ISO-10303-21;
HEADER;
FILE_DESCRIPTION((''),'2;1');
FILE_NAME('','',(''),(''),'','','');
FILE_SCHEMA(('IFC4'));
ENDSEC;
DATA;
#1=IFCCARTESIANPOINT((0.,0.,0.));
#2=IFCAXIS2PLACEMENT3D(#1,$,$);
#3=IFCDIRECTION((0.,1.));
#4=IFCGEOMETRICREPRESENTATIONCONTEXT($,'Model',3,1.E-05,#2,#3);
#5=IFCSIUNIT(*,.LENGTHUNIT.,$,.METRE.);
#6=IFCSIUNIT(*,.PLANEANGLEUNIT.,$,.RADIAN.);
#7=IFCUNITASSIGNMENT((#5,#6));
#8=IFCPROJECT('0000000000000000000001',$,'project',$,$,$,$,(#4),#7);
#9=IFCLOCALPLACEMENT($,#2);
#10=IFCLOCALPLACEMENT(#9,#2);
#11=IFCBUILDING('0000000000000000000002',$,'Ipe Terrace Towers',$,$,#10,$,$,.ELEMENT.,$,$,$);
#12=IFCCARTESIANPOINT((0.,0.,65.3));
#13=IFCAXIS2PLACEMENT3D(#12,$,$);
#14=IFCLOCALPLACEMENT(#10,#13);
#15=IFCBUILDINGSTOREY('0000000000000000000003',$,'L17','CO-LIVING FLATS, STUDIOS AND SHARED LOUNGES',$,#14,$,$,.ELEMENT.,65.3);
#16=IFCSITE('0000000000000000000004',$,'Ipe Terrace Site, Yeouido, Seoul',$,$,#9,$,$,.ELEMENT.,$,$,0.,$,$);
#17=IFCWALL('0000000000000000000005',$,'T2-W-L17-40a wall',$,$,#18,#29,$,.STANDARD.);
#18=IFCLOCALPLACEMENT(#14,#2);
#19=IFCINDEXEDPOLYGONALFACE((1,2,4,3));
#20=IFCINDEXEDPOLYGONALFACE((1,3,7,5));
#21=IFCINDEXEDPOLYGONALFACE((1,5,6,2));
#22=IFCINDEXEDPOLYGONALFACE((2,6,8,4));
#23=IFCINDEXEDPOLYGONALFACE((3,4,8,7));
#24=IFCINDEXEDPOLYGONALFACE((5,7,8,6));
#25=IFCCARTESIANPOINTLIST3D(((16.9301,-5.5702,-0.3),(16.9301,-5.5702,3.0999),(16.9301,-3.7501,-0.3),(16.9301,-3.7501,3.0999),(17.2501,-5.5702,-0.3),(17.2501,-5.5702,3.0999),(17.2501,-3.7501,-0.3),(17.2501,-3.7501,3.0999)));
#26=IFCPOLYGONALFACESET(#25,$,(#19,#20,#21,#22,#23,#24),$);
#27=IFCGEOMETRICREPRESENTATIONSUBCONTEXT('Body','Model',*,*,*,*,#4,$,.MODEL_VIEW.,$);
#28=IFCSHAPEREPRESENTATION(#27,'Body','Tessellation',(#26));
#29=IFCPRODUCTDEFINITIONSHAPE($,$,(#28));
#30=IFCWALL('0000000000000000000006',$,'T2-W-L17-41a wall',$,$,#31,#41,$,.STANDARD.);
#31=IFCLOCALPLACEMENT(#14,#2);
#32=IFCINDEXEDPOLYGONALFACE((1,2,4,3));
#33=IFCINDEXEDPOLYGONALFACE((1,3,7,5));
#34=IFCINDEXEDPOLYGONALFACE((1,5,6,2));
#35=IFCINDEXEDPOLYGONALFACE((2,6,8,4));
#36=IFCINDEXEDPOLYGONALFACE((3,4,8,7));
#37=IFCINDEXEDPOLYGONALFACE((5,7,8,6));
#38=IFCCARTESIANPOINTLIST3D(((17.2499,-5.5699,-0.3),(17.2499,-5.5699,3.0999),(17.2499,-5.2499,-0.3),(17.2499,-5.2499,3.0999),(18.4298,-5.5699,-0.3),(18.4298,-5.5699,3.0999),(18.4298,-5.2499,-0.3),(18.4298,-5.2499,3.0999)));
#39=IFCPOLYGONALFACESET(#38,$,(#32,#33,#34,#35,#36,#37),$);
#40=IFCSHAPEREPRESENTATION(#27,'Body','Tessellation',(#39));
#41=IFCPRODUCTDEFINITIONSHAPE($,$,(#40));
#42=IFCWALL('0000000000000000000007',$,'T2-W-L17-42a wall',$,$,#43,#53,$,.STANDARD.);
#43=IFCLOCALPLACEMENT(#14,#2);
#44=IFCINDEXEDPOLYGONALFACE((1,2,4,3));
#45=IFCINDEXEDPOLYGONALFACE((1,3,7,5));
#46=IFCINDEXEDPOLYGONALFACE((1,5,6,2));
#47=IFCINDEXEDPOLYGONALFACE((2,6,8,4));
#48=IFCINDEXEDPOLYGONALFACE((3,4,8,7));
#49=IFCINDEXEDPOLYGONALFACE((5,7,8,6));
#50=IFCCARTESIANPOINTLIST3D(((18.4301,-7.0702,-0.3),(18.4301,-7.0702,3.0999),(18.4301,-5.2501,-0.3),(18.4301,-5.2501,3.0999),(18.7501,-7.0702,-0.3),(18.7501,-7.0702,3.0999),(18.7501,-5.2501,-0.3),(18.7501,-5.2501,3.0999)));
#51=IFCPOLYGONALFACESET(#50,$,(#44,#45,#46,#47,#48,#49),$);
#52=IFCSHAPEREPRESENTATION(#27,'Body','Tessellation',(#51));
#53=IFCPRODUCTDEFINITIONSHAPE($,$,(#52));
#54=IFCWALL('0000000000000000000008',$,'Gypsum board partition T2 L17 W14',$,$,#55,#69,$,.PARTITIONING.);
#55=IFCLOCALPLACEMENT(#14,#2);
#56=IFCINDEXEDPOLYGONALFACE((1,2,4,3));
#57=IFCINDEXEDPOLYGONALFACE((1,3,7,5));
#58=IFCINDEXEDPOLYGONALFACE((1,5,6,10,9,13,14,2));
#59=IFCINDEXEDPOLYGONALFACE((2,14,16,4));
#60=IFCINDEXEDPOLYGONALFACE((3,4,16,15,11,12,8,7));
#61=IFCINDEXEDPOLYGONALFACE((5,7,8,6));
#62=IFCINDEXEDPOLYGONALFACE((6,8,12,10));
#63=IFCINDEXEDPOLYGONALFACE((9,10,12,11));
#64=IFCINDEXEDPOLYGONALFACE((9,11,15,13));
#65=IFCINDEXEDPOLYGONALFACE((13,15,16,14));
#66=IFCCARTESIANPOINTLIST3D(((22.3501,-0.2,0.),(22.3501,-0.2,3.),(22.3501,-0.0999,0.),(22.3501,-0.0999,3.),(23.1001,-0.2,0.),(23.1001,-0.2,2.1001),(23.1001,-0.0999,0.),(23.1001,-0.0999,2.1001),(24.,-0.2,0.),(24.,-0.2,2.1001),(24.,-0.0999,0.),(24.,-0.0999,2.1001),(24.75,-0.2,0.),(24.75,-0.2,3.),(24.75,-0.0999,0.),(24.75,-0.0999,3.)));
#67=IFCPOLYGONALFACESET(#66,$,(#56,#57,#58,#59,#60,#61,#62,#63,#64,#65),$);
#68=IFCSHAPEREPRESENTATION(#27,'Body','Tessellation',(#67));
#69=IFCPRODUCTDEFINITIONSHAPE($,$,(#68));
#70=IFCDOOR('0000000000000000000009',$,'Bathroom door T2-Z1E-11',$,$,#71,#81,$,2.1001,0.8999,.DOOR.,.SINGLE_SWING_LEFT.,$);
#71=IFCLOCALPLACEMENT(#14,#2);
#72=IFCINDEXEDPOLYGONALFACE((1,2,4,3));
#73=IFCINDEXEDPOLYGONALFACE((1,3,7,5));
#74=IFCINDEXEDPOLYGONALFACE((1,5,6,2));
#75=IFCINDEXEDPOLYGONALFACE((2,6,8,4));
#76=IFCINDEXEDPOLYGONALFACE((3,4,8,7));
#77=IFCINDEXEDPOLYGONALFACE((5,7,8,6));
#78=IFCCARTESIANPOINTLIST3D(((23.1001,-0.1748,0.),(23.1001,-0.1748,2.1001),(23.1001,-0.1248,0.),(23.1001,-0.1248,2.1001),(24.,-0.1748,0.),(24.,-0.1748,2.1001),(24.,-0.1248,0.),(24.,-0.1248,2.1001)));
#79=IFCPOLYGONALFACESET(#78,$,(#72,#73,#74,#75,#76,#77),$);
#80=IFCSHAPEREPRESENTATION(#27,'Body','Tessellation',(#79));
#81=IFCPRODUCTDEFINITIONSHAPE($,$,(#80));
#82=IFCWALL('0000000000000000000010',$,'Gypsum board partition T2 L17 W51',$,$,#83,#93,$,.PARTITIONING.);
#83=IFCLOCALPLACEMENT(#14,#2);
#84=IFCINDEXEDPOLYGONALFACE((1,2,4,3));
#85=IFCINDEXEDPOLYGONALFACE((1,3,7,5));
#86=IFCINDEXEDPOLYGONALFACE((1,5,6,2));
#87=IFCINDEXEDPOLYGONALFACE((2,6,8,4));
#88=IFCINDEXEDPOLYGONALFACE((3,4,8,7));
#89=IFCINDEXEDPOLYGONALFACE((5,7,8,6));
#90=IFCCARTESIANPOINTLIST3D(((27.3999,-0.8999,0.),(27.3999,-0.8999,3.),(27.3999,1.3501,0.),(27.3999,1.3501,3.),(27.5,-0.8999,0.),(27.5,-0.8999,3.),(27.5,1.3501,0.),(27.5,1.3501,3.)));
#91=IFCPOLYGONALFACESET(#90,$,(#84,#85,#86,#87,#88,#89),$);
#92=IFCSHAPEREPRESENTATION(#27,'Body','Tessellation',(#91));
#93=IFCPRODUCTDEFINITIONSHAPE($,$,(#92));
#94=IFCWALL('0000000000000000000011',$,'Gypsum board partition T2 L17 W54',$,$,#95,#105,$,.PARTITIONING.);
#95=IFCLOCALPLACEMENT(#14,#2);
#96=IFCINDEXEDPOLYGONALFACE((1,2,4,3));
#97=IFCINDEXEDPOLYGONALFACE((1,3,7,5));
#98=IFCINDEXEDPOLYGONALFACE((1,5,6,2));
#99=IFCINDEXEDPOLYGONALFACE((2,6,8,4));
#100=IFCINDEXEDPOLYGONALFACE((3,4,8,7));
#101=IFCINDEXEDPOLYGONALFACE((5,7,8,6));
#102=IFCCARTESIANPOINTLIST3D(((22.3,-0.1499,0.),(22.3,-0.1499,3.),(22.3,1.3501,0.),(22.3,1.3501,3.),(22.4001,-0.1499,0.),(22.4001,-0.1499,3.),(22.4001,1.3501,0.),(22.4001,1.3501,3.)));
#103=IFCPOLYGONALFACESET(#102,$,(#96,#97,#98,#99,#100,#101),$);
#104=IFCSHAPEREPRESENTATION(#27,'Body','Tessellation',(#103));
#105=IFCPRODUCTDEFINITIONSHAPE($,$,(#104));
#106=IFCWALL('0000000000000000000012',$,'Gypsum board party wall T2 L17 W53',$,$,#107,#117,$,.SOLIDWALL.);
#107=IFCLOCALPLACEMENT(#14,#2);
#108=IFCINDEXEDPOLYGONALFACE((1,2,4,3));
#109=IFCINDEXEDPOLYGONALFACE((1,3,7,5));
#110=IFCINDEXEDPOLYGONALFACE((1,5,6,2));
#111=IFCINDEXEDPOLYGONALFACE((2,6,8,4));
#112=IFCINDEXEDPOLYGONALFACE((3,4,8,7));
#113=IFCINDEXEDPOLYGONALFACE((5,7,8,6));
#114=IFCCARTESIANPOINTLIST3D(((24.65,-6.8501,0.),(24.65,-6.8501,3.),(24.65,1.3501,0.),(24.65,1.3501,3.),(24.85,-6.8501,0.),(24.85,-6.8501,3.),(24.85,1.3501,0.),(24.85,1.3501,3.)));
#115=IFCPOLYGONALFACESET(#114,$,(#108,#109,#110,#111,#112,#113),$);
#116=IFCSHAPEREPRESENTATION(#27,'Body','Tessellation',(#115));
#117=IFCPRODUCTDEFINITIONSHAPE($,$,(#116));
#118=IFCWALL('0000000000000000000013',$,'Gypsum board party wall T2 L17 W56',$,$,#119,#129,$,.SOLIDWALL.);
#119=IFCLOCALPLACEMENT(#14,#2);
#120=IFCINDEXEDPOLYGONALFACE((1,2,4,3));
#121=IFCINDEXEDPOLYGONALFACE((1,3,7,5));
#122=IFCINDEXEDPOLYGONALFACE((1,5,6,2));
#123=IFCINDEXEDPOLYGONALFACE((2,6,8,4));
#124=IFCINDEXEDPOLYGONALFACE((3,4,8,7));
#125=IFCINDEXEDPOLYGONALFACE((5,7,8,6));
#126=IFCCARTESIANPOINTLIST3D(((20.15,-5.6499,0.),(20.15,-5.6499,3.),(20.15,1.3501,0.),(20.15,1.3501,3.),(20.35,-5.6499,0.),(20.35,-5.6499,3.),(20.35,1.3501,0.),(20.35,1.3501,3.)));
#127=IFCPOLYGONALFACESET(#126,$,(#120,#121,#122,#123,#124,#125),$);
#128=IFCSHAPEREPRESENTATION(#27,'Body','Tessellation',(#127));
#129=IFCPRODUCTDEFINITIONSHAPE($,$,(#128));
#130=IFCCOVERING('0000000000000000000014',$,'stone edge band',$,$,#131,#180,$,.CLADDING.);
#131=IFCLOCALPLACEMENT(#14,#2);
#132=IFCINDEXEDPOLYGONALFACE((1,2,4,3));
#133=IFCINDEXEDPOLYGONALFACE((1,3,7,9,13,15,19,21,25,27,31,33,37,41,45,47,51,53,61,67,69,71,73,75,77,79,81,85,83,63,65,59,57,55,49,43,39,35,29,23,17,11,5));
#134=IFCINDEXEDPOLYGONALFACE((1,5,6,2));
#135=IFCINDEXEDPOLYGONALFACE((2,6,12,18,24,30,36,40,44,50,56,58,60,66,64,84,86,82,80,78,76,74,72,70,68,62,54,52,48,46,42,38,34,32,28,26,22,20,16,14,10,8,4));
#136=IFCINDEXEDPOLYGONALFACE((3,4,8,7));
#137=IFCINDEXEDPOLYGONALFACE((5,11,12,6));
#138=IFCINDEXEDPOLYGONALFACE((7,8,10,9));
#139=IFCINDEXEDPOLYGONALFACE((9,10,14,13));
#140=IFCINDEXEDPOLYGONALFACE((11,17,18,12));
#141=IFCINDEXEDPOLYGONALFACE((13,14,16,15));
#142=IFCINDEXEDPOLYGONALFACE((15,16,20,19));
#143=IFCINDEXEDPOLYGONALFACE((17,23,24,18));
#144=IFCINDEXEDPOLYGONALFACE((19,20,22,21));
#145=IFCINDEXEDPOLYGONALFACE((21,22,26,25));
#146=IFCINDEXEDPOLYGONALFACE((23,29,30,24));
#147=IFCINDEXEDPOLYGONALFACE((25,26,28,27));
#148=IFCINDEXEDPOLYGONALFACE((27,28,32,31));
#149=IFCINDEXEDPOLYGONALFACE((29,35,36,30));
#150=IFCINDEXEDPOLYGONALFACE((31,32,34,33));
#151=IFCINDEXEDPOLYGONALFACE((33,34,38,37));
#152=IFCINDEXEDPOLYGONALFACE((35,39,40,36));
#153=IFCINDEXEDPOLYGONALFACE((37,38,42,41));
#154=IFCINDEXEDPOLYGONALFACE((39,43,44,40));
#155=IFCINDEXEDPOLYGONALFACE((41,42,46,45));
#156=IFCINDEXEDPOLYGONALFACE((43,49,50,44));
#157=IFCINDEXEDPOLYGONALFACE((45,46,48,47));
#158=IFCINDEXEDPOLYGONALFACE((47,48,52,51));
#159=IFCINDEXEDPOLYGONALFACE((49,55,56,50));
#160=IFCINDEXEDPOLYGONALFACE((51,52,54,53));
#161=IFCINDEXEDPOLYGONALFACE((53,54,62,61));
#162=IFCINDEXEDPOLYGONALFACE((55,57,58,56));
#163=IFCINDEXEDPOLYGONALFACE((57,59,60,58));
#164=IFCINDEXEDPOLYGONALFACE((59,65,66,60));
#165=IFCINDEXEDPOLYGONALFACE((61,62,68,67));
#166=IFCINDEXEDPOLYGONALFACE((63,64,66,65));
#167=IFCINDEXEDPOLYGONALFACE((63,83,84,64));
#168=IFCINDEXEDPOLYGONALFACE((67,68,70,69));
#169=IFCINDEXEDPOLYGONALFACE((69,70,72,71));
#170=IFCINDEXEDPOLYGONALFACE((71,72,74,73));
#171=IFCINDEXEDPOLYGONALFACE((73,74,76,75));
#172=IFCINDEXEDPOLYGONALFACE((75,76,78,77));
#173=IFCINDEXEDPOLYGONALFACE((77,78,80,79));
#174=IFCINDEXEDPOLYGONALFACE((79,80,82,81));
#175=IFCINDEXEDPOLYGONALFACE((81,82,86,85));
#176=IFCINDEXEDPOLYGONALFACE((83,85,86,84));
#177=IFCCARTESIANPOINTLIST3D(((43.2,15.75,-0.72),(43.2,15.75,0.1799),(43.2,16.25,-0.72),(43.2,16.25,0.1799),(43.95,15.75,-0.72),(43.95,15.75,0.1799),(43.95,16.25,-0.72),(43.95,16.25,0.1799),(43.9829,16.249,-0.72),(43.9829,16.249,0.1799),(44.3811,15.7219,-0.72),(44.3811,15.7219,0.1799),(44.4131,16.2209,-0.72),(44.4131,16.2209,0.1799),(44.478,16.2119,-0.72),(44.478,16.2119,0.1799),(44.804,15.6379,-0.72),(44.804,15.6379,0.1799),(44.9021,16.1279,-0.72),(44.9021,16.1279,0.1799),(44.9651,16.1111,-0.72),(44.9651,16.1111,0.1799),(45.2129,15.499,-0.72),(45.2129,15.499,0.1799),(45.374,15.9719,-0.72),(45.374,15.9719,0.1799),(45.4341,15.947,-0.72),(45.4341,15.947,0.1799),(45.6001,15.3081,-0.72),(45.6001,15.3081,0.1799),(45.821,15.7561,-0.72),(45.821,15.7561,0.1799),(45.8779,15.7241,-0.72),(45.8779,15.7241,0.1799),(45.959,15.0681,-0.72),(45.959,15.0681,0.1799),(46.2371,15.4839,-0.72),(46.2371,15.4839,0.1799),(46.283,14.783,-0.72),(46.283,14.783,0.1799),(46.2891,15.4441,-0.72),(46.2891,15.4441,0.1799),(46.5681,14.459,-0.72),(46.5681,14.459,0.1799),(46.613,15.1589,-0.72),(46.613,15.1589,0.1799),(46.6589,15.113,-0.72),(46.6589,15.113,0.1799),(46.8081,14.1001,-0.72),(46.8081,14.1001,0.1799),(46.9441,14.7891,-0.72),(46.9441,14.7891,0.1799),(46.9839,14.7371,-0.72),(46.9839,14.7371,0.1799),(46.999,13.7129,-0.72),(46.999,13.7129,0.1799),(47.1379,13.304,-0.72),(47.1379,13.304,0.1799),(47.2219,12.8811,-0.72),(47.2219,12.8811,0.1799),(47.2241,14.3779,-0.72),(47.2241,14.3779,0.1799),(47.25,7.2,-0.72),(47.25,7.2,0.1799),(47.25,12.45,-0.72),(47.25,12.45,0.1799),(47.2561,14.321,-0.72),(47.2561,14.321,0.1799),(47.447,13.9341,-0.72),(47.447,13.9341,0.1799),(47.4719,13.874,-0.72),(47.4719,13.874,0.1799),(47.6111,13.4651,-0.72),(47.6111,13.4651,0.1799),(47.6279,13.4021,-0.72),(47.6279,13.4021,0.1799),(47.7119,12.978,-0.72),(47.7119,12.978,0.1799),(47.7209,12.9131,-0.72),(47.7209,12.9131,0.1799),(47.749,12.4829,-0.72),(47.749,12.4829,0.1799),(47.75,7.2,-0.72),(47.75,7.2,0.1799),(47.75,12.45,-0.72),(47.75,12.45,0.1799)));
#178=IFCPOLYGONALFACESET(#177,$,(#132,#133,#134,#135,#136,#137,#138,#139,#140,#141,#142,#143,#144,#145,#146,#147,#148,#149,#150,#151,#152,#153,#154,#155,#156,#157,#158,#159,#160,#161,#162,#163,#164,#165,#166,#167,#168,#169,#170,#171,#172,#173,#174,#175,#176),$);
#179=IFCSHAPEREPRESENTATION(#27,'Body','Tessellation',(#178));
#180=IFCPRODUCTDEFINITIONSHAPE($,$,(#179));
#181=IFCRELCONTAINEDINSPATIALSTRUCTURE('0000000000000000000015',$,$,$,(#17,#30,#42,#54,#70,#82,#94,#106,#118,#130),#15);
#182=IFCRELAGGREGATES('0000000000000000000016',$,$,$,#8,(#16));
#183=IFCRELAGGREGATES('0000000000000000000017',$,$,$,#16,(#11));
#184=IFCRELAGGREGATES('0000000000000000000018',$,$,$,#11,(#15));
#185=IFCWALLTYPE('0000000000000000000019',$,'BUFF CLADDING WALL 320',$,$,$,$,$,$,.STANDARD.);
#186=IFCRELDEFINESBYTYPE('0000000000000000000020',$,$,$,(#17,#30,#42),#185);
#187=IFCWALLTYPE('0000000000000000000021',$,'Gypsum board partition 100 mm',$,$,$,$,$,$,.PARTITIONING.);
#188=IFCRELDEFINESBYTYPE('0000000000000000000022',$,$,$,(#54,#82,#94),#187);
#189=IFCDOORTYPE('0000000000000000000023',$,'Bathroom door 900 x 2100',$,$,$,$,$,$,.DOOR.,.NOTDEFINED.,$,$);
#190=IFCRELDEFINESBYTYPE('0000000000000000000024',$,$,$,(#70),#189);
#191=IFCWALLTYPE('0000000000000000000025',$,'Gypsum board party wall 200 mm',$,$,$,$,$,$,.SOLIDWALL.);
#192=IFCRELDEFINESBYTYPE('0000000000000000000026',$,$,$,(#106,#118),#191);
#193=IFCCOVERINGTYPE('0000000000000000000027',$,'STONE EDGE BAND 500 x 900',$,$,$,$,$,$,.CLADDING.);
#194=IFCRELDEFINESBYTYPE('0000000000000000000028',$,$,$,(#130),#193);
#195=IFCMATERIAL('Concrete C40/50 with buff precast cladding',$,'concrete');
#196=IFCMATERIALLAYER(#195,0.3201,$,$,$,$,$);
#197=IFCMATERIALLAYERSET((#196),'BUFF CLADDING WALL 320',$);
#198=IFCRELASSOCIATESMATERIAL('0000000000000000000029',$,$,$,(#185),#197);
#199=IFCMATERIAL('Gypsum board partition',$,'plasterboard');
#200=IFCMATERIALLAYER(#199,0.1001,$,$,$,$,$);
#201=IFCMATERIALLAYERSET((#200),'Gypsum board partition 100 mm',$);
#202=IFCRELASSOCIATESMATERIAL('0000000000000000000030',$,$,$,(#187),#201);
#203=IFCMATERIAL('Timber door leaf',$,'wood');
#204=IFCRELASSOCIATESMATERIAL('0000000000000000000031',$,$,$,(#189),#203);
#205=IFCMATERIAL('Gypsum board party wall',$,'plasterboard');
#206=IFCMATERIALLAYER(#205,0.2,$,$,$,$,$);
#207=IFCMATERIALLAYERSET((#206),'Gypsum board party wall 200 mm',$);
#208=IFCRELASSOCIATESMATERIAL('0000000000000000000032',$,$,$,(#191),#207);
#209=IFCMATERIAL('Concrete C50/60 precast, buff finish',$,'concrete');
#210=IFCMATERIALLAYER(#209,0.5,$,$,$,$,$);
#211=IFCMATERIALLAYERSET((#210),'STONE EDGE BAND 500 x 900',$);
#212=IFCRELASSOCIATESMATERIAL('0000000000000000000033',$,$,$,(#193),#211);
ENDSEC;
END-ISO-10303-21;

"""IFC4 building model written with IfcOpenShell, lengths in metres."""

from ifc_helpers import new_model, si_unit, direction, frame, frame_2d, origin, place, context, subcontext, project, spatial, polyline, rectangle, outline, extrude, material, layer, layer_set, type_object, element, fill, save


model = new_model("IFC4")

# Units and contexts
model_context = context("Model", 3, precision=1e-05, world=origin(), true_north=direction((0.0, 1.0)))
body_context = subcontext(model_context, "Body", "Model", "MODEL_VIEW")
ifc_project = project(units=[si_unit("LENGTHUNIT", "METRE"), si_unit("PLANEANGLEUNIT", "RADIAN")], contexts=[model_context])

# Site, building, storey
site_placement = place(None, origin())
site = spatial("IfcSite", under=ifc_project, at=site_placement, Name="Ipe Terrace Site, Yeouido, Seoul", CompositionType="ELEMENT", RefElevation=0.0)
building_placement = place(site_placement, origin())
building = spatial("IfcBuilding", under=site, at=building_placement, Name="Ipe Terrace Towers", CompositionType="ELEMENT")
storey_placement = place(building_placement, frame((0.0, 0.0, 65.3)))
storey = spatial("IfcBuildingStorey", under=building, at=storey_placement, Name="L17", Description="CO-LIVING FLATS, STUDIOS AND SHARED LOUNGES", CompositionType="ELEMENT", Elevation=65.3)

# Walls
ifc_material_1 = material(Name="Concrete C40/50 with buff precast cladding", Category="concrete")
ifc_layer_1 = layer(ifc_material_1, 0.3201)
ifc_layer_set_1 = layer_set([ifc_layer_1], Name="BUFF CLADDING WALL 320")
wall_type_1 = type_object("IfcWallType", Name="BUFF CLADDING WALL 320", PredefinedType="STANDARD", material=ifc_layer_set_1)
wall_1_placement = place(storey_placement, frame((17.0901, -3.75, -0.3), z_axis=(0.0, 0.0, 1.0), x_axis=(0.0, -1.0, 0.0)))
element("IfcWall", 1, at=wall_1_placement, inside=storey, type_object=wall_type_1, Name="T2-W-L17-40a wall", PredefinedType="STANDARD", context=body_context, shape_type="SweptSolid", body=[
    extrude(rectangle(XDim=1.8201, YDim=0.3201, at=frame_2d((0.9102, 0.0))), origin(), (0.0, 0.0, 1.0), 3.3999),
])
wall_2_placement = place(storey_placement, frame((17.25, -5.4099, -0.3), z_axis=(0.0, 0.0, 1.0), x_axis=(1.0, 0.0, 0.0)))
element("IfcWall", 2, at=wall_2_placement, inside=storey, type_object=wall_type_1, Name="T2-W-L17-41a wall", PredefinedType="STANDARD", context=body_context, shape_type="SweptSolid", body=[
    extrude(rectangle(XDim=1.1799, YDim=0.3201, at=frame_2d((0.5898, 0.0))), origin(), (0.0, 0.0, 1.0), 3.3999),
])
wall_3_placement = place(storey_placement, frame((18.5901, -5.25, -0.3), z_axis=(0.0, 0.0, 1.0), x_axis=(0.0, -1.0, 0.0)))
element("IfcWall", 3, at=wall_3_placement, inside=storey, type_object=wall_type_1, Name="T2-W-L17-42a wall", PredefinedType="STANDARD", context=body_context, shape_type="SweptSolid", body=[
    extrude(rectangle(XDim=1.8201, YDim=0.3201, at=frame_2d((0.9102, 0.0))), origin(), (0.0, 0.0, 1.0), 3.3999),
])

# Wall, opening, door
ifc_material_2 = material(Name="Gypsum board partition", Category="plasterboard")
ifc_layer_2 = layer(ifc_material_2, 0.1001)
ifc_layer_set_2 = layer_set([ifc_layer_2], Name="Gypsum board partition 100 mm")
wall_type_2 = type_object("IfcWallType", Name="Gypsum board partition 100 mm", PredefinedType="PARTITIONING", material=ifc_layer_set_2)
wall_4_placement = place(storey_placement, frame((24.75, -0.1499, 0.0), z_axis=(0.0, 0.0, 1.0), x_axis=(-1.0, 0.0, 0.0)))
wall_4 = element("IfcWall", 4, at=wall_4_placement, inside=storey, type_object=wall_type_2, Name="Gypsum board partition T2 L17 W14", PredefinedType="PARTITIONING", context=body_context, shape_type="SweptSolid", body=[
    extrude(rectangle(XDim=2.3999, YDim=0.1001, at=frame_2d((1.2, 0.0))), origin(), (0.0, 0.0, 1.0), 3.0),
])
opening_placement = place(wall_4_placement, frame((0.75, 0.0, 0.0)))
opening = element("IfcOpeningElement", 5, at=opening_placement, cuts=wall_4, PredefinedType="OPENING", context=body_context, shape_type="SweptSolid", body=[
    extrude(rectangle(XDim=0.8999, YDim=2.1001, at=frame_2d((0.45, 1.05))), frame((0.0, 0.0601, 0.0), z_axis=(0.0, -1.0, 0.0), x_axis=(1.0, 0.0, 0.0)), (0.0, 0.0, 1.0), 0.1201),
])
ifc_material_3 = material(Name="Timber door leaf", Category="wood")
door_type = type_object("IfcDoorType", Name="Bathroom door 900 x 2100", OperationType="NOTDEFINED", PredefinedType="DOOR", material=ifc_material_3)
door_placement = place(opening_placement, origin())
door = element("IfcDoor", 6, at=door_placement, inside=storey, type_object=door_type, Name="Bathroom door T2-Z1E-11", OperationType="SINGLE_SWING_LEFT", OverallHeight=2.1001, OverallWidth=0.8999, PredefinedType="DOOR", context=body_context, shape_type="SweptSolid", body=[
    extrude(rectangle(XDim=0.8999, YDim=2.1001, at=frame_2d((0.45, 1.05))), frame((0.0, 0.0249, 0.0), z_axis=(0.0, -1.0, 0.0), x_axis=(1.0, 0.0, 0.0)), (0.0, 0.0, 1.0), 0.05),
])
fill(opening, door)

# Walls
wall_5_placement = place(storey_placement, frame((27.45, -0.8999, 0.0), z_axis=(0.0, 0.0, 1.0), x_axis=(0.0, 1.0, 0.0)))
element("IfcWall", 7, at=wall_5_placement, inside=storey, type_object=wall_type_2, Name="Gypsum board partition T2 L17 W51", PredefinedType="PARTITIONING", context=body_context, shape_type="SweptSolid", body=[
    extrude(rectangle(XDim=2.25, YDim=0.1001, at=frame_2d((1.125, 0.0))), origin(), (0.0, 0.0, 1.0), 3.0),
])
wall_6_placement = place(storey_placement, frame((22.3501, -0.1499, 0.0), z_axis=(0.0, 0.0, 1.0), x_axis=(0.0, 1.0, 0.0)))
element("IfcWall", 8, at=wall_6_placement, inside=storey, type_object=wall_type_2, Name="Gypsum board partition T2 L17 W54", PredefinedType="PARTITIONING", context=body_context, shape_type="SweptSolid", body=[
    extrude(rectangle(XDim=1.5, YDim=0.1001, at=frame_2d((0.75, 0.0))), origin(), (0.0, 0.0, 1.0), 3.0),
])
ifc_material_4 = material(Name="Gypsum board party wall", Category="plasterboard")
ifc_layer_3 = layer(ifc_material_4, 0.2)
ifc_layer_set_3 = layer_set([ifc_layer_3], Name="Gypsum board party wall 200 mm")
wall_type_3 = type_object("IfcWallType", Name="Gypsum board party wall 200 mm", PredefinedType="SOLIDWALL", material=ifc_layer_set_3)
wall_7_placement = place(storey_placement, frame((24.75, -6.8501, 0.0), z_axis=(0.0, 0.0, 1.0), x_axis=(0.0, 1.0, 0.0)))
element("IfcWall", 9, at=wall_7_placement, inside=storey, type_object=wall_type_3, Name="Gypsum board party wall T2 L17 W53", PredefinedType="SOLIDWALL", context=body_context, shape_type="SweptSolid", body=[
    extrude(rectangle(XDim=8.2002, YDim=0.2, at=frame_2d((4.1001, 0.0))), origin(), (0.0, 0.0, 1.0), 3.0),
])
wall_8_placement = place(storey_placement, frame((20.25, -5.6499, 0.0), z_axis=(0.0, 0.0, 1.0), x_axis=(0.0, 1.0, 0.0)))
element("IfcWall", 10, at=wall_8_placement, inside=storey, type_object=wall_type_3, Name="Gypsum board party wall T2 L17 W56", PredefinedType="SOLIDWALL", context=body_context, shape_type="SweptSolid", body=[
    extrude(rectangle(XDim=7.0, YDim=0.2, at=frame_2d((3.5, 0.0))), origin(), (0.0, 0.0, 1.0), 3.0),
])

# Covering
ifc_material_5 = material(Name="Concrete C50/60 precast, buff finish", Category="concrete")
ifc_layer_4 = layer(ifc_material_5, 0.5)
ifc_layer_set_4 = layer_set([ifc_layer_4], Name="STONE EDGE BAND 500 x 900")
covering_type_1 = type_object("IfcCoveringType", Name="STONE EDGE BAND 500 x 900", PredefinedType="CLADDING", material=ifc_layer_set_4)
covering_1_placement = place(storey_placement, frame((0.0, 0.0, -0.72)))
element("IfcCovering", 11, at=covering_1_placement, inside=storey, type_object=covering_type_1, Name="stone edge band", PredefinedType="CLADDING", context=body_context, shape_type="SweptSolid", body=[
    extrude(outline(polyline([(47.75, 12.45), (47.749, 12.4829), (47.7209, 12.9131), (47.7119, 12.978), (47.6279, 13.4021), (47.6111, 13.4651), (47.4719, 13.874), (47.447, 13.9341), (47.2561, 14.321), (47.2241, 14.3779), (46.9839, 14.7371), (46.9441, 14.7891), (46.6589, 15.113), (46.613, 15.1589), (46.2891, 15.4441), (46.2371, 15.4839), (45.8779, 15.7241), (45.821, 15.7561), (45.4341, 15.947), (45.374, 15.9719), (44.9651, 16.1111), (44.9021, 16.1279), (44.478, 16.2119), (44.4131, 16.2209), (43.9829, 16.249), (43.95, 16.25), (43.2, 16.25), (43.2, 15.75), (43.95, 15.75), (44.3811, 15.7219), (44.804, 15.6379), (45.2129, 15.499), (45.6001, 15.3081), (45.959, 15.0681), (46.283, 14.783), (46.5681, 14.459), (46.8081, 14.1001), (46.999, 13.7129), (47.1379, 13.304), (47.2219, 12.8811), (47.25, 12.45), (47.25, 7.2), (47.75, 7.2), (47.75, 12.45)])), origin(), (0.0, 0.0, 1.0), 0.8999),
])

save(model, "model.ifc")
